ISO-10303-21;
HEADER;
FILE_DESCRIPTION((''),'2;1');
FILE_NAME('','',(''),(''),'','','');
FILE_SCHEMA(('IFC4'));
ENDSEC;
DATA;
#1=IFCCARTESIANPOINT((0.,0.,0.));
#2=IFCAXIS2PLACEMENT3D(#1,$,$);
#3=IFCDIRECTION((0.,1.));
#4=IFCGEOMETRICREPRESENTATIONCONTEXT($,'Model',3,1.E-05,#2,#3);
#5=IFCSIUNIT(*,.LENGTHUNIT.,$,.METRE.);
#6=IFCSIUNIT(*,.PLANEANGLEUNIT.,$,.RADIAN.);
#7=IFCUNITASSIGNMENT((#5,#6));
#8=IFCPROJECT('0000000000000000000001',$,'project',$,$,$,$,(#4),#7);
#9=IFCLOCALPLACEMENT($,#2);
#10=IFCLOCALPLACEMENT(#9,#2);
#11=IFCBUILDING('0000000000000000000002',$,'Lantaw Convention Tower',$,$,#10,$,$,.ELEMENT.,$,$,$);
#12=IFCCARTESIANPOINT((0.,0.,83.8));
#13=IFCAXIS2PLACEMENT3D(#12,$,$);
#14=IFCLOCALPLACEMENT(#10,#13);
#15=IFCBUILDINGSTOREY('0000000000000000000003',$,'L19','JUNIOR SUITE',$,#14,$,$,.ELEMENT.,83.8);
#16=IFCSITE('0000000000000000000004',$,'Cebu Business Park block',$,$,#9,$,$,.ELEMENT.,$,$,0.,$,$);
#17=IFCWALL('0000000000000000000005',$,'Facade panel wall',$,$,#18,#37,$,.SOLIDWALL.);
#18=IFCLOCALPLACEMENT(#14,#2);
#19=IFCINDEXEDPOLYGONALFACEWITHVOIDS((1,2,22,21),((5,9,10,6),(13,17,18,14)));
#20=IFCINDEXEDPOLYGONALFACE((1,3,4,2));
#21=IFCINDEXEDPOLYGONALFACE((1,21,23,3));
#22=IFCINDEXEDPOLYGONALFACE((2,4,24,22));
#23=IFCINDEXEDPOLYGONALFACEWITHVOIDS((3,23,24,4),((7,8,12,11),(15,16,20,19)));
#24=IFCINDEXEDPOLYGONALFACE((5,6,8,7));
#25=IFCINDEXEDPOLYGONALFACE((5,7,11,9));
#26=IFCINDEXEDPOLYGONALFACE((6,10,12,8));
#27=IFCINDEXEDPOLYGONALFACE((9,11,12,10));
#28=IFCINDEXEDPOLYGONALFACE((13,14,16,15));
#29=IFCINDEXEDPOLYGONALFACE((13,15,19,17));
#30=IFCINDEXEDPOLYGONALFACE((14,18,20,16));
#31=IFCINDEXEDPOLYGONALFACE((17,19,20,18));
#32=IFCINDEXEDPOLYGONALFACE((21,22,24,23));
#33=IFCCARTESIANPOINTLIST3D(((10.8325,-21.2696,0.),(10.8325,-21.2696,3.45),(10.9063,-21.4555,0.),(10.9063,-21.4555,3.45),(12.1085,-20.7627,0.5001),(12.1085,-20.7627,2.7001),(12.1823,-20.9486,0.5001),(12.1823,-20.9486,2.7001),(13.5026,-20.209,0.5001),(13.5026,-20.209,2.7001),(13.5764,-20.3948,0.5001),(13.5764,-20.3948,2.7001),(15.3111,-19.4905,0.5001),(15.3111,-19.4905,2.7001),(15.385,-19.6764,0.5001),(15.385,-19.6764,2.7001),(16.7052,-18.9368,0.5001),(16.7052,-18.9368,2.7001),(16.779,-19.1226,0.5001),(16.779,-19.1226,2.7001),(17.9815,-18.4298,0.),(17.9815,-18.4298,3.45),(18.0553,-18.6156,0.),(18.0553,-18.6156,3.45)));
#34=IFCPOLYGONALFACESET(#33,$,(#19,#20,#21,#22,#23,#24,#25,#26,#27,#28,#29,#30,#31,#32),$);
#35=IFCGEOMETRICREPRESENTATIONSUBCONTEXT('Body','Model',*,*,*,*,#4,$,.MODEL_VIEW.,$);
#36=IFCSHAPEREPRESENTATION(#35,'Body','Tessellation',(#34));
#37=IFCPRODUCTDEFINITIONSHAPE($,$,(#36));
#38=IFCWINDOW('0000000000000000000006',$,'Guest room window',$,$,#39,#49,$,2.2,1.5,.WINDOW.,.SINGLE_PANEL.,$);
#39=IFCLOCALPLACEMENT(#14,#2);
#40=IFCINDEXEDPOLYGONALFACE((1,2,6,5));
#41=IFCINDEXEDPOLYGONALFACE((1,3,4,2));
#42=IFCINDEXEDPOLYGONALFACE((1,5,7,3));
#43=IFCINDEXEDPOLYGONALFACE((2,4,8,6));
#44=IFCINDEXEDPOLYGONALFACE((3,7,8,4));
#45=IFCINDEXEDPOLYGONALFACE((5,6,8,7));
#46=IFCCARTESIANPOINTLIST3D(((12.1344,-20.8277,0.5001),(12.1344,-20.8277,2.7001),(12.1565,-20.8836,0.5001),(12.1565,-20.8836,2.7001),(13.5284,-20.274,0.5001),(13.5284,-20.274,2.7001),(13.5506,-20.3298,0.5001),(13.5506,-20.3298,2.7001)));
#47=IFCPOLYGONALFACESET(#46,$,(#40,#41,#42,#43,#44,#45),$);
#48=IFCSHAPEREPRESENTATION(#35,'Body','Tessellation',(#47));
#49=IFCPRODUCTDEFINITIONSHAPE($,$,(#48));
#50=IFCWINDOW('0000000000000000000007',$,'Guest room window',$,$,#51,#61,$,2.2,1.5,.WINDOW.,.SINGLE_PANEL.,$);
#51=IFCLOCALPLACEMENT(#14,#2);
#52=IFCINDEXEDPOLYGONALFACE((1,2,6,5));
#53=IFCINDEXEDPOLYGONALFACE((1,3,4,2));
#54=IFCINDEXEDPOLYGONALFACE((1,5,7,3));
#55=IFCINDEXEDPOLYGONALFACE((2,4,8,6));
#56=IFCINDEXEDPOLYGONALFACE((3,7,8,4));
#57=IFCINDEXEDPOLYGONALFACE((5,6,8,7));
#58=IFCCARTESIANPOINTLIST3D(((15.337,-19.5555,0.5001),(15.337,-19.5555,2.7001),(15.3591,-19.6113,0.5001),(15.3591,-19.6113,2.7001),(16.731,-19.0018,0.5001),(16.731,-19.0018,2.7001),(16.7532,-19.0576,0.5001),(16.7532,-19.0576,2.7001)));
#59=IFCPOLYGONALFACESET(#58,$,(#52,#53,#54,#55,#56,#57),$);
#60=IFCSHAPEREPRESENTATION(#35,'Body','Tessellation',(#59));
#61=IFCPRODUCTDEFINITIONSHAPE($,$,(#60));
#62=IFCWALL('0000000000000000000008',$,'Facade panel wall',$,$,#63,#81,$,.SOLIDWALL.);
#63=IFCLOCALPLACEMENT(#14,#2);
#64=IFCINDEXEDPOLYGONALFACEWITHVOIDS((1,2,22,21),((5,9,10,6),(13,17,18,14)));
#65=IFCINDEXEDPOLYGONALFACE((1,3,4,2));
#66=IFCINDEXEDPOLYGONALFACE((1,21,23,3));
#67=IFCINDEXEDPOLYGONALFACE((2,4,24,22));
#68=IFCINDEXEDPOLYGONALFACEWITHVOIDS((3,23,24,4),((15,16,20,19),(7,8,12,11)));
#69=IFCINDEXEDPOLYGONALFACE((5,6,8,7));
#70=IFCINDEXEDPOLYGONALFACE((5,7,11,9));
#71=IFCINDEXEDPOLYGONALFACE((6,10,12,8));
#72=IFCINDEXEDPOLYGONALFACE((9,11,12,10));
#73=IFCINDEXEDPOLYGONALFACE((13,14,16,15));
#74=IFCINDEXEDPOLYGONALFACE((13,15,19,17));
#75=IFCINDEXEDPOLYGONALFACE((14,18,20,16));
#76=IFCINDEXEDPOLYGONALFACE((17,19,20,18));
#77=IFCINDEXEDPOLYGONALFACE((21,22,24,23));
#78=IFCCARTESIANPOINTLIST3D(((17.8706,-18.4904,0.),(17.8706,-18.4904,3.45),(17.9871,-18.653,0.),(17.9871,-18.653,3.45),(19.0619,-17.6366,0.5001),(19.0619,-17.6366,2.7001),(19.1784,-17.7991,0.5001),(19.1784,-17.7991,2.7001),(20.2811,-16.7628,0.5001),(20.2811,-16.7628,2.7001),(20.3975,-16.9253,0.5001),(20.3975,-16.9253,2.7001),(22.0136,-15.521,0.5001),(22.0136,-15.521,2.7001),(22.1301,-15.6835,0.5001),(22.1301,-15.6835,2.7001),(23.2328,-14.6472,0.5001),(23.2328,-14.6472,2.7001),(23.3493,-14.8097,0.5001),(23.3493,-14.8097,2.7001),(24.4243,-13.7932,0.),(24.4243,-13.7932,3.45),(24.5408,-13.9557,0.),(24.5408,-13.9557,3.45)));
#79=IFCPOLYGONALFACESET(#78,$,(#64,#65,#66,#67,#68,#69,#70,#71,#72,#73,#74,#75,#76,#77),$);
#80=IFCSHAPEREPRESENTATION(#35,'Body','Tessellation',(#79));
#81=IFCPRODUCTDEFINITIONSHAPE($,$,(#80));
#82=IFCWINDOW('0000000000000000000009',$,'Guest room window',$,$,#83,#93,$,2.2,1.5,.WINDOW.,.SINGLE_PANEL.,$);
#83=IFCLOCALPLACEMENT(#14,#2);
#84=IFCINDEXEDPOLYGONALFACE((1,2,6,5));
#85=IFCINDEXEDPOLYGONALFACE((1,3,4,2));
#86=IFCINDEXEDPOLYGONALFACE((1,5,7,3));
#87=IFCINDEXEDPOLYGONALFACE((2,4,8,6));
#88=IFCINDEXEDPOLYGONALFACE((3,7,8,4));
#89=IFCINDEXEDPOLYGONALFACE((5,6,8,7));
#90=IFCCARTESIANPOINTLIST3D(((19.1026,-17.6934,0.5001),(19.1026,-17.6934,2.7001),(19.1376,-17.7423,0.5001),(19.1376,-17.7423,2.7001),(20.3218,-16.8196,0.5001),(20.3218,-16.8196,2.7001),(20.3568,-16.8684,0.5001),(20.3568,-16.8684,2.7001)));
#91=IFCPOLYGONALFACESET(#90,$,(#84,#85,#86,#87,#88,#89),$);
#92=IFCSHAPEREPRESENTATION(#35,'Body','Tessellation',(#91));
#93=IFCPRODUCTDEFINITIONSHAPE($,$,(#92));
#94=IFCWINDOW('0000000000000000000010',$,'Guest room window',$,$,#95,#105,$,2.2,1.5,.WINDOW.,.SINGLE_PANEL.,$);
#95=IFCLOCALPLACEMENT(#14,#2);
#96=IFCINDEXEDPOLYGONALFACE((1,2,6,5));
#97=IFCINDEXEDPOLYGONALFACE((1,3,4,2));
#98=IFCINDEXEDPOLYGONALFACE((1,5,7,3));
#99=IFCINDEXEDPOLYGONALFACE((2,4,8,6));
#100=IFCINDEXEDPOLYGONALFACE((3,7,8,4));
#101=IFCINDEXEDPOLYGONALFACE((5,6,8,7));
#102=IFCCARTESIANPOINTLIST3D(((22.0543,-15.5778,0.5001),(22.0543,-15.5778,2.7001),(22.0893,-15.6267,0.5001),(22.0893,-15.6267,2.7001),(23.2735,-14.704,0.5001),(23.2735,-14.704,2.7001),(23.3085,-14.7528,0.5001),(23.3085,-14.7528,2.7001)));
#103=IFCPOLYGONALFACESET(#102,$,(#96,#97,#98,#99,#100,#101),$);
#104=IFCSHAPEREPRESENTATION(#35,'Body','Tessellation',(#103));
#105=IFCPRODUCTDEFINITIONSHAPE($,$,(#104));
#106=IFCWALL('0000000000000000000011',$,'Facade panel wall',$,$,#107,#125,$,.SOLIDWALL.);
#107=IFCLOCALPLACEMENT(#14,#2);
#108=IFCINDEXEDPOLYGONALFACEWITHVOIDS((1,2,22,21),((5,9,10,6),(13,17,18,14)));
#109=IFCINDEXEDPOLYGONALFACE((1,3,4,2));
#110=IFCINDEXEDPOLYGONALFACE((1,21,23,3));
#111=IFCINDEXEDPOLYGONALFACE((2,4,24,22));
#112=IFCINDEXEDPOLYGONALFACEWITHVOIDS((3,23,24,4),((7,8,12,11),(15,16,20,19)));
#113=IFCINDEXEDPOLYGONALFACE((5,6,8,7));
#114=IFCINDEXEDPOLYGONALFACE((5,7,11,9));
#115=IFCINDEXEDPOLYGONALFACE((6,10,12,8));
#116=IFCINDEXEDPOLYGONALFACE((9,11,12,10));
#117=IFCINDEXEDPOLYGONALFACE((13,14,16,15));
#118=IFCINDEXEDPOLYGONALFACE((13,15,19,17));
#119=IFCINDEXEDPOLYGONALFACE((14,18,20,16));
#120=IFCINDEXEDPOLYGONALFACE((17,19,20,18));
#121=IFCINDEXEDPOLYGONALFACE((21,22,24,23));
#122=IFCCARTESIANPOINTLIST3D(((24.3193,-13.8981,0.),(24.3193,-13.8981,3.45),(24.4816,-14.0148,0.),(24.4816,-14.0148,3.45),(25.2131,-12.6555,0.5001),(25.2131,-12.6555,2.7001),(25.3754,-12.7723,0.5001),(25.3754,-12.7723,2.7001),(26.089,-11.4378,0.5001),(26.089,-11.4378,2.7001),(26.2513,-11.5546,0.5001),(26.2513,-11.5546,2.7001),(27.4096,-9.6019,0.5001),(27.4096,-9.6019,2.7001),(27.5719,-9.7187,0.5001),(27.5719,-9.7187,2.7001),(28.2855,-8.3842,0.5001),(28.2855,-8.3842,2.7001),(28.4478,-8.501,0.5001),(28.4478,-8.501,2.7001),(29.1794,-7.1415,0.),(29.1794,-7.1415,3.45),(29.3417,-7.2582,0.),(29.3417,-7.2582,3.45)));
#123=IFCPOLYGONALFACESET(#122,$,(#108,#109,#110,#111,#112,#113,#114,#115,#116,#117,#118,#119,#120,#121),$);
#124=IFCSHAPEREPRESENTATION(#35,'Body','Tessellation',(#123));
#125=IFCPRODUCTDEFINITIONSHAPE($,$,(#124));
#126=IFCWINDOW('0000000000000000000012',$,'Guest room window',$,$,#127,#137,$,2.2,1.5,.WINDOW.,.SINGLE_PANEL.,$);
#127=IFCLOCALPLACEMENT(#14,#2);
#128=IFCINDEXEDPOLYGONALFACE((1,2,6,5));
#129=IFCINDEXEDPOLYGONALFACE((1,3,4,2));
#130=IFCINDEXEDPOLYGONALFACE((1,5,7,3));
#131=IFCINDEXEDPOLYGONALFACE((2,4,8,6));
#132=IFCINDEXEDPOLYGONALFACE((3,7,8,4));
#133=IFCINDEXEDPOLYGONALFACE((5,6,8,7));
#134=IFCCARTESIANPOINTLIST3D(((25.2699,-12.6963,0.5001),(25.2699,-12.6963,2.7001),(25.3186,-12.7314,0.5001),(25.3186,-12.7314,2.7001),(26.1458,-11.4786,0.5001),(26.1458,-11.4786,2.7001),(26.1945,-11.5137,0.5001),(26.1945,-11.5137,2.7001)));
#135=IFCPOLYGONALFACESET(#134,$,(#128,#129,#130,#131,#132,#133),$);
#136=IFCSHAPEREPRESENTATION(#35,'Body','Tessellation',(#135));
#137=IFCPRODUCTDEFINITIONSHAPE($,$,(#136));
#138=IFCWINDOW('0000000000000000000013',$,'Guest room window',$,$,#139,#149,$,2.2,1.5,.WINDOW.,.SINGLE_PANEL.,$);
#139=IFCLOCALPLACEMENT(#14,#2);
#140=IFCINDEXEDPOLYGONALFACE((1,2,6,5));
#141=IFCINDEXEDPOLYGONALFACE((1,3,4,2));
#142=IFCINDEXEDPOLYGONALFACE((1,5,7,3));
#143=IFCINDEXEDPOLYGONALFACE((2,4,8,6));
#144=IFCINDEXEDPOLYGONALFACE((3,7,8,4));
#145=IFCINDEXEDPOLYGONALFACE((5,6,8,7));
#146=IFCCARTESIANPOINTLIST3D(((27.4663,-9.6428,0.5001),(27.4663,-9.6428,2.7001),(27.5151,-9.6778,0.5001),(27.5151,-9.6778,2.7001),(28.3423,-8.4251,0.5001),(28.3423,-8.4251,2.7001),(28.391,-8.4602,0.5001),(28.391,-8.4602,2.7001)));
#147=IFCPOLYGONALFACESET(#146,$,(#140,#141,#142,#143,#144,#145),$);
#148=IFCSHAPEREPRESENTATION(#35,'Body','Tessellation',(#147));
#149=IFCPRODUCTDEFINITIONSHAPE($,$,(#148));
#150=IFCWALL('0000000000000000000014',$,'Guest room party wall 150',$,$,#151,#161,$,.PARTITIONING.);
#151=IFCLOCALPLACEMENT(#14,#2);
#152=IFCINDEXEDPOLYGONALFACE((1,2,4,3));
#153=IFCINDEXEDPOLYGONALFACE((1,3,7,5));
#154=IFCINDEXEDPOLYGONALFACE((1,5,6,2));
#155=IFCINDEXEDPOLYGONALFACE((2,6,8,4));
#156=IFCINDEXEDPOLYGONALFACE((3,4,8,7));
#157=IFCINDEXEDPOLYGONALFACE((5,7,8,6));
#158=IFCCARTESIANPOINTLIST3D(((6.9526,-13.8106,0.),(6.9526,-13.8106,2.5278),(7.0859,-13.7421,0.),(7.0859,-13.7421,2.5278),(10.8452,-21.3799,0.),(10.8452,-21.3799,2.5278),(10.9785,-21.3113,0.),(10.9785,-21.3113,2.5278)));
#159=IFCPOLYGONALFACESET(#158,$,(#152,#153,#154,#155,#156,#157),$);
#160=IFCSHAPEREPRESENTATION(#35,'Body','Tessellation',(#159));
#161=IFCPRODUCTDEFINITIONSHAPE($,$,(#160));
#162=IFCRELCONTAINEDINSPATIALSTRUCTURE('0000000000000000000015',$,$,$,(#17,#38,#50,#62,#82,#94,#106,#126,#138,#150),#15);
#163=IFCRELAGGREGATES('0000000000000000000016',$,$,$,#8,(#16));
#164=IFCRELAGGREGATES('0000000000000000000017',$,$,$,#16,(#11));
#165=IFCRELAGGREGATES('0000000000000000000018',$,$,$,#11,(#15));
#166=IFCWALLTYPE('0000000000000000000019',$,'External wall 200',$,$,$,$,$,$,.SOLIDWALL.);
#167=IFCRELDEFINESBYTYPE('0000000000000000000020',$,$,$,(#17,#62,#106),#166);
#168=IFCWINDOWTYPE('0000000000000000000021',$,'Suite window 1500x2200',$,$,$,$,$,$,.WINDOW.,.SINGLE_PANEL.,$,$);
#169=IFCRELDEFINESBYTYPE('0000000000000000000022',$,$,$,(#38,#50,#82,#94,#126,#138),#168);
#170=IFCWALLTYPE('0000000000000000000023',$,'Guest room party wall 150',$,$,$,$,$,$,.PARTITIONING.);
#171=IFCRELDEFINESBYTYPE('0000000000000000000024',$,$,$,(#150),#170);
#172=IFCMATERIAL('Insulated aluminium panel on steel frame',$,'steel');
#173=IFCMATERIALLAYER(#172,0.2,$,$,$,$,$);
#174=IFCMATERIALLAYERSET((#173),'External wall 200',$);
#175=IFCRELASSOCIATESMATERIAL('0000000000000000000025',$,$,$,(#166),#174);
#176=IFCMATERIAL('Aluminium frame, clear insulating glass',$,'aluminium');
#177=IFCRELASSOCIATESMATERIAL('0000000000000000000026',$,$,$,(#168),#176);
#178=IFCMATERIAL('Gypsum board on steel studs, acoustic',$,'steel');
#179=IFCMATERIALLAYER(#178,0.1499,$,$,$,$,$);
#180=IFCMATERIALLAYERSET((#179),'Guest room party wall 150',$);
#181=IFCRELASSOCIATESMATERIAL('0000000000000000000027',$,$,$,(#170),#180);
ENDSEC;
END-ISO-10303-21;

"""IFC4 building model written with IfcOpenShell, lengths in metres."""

from ifc_helpers import new_model, si_unit, direction, frame, frame_2d, origin, place, context, subcontext, project, spatial, rectangle, extrude, material, layer, layer_set, type_object, element, fill, save


model = new_model("IFC4")

# Units and contexts
model_context = context("Model", 3, precision=1e-05, world=origin(), true_north=direction((0.0, 1.0)))
body_context = subcontext(model_context, "Body", "Model", "MODEL_VIEW")
ifc_project = project(units=[si_unit("LENGTHUNIT", "METRE"), si_unit("PLANEANGLEUNIT", "RADIAN")], contexts=[model_context])

# Site, building, storey
site_placement = place(None, origin())
site = spatial("IfcSite", under=ifc_project, at=site_placement, Name="Cebu Business Park block", CompositionType="ELEMENT", RefElevation=0.0)
building_placement = place(site_placement, origin())
building = spatial("IfcBuilding", under=site, at=building_placement, Name="Lantaw Convention Tower", CompositionType="ELEMENT")
storey_placement = place(building_placement, frame((0.0, 0.0, 83.8)))
storey = spatial("IfcBuildingStorey", under=building, at=storey_placement, Name="L19", Description="JUNIOR SUITE", CompositionType="ELEMENT", Elevation=83.8)

# Walls, openings, windows
ifc_material_1 = material(Name="Insulated aluminium panel on steel frame", Category="steel")
ifc_layer_1 = layer(ifc_material_1, 0.2)
ifc_layer_set_1 = layer_set([ifc_layer_1], Name="External wall 200")
wall_type_1 = type_object("IfcWallType", Name="External wall 200", PredefinedType="SOLIDWALL", material=ifc_layer_set_1)
wall_1_placement = place(storey_placement, frame((10.8694, -21.3625, 0.0), z_axis=(0.0, 0.0, 1.0), x_axis=(0.929358, 0.369179, 0.0)))
wall_1 = element("IfcWall", 1, at=wall_1_placement, inside=storey, type_object=wall_type_1, Name="Facade panel wall", PredefinedType="SOLIDWALL", context=body_context, shape_type="SweptSolid", body=[
    extrude(rectangle(XDim=7.6924, YDim=0.2, at=frame_2d((3.8462, 0.0))), origin(), (0.0, 0.0, 1.0), 3.45),
])
opening_1_placement = place(wall_1_placement, frame((1.373, 0.0, 0.5)))
opening_1 = element("IfcOpeningElement", 2, at=opening_1_placement, cuts=wall_1, PredefinedType="OPENING", context=body_context, shape_type="SweptSolid", body=[
    extrude(rectangle(XDim=1.5, YDim=2.2, at=frame_2d((0.75, 1.1001))), frame((0.0, 0.1099, 0.0), z_axis=(0.0, -1.0, 0.0), x_axis=(1.0, 0.0, 0.0)), (0.0, 0.0, 1.0), 0.22),
])
opening_2_placement = place(wall_1_placement, frame((4.8191, 0.0, 0.5)))
opening_2 = element("IfcOpeningElement", 3, at=opening_2_placement, cuts=wall_1, PredefinedType="OPENING", context=body_context, shape_type="SweptSolid", body=[
    extrude(rectangle(XDim=1.5, YDim=2.2, at=frame_2d((0.75, 1.1001))), frame((0.0, 0.1099, 0.0), z_axis=(0.0, -1.0, 0.0), x_axis=(1.0, 0.0, 0.0)), (0.0, 0.0, 1.0), 0.22),
])
ifc_material_2 = material(Name="Aluminium frame, clear insulating glass", Category="aluminium")
window_type = type_object("IfcWindowType", Name="Suite window 1500x2200", PartitioningType="SINGLE_PANEL", PredefinedType="WINDOW", material=ifc_material_2)
window_1_placement = place(opening_1_placement, origin())
window_1 = element("IfcWindow", 4, at=window_1_placement, inside=storey, type_object=window_type, Name="Guest room window", OverallHeight=2.2, OverallWidth=1.5, PartitioningType="SINGLE_PANEL", PredefinedType="WINDOW", context=body_context, shape_type="SweptSolid", body=[
    extrude(rectangle(XDim=1.5, YDim=2.2, at=frame_2d((0.75, 1.1001))), frame((0.0, 0.03, 0.0), z_axis=(0.0, -1.0, 0.0), x_axis=(1.0, 0.0, 0.0)), (0.0, 0.0, 1.0), 0.0601),
])
fill(opening_1, window_1)
window_2_placement = place(opening_2_placement, origin())
window_2 = element("IfcWindow", 5, at=window_2_placement, inside=storey, type_object=window_type, Name="Guest room window", OverallHeight=2.2, OverallWidth=1.5, PartitioningType="SINGLE_PANEL", PredefinedType="WINDOW", context=body_context, shape_type="SweptSolid", body=[
    extrude(rectangle(XDim=1.5, YDim=2.2, at=frame_2d((0.75, 1.1001))), frame((0.0, 0.03, 0.0), z_axis=(0.0, -1.0, 0.0), x_axis=(1.0, 0.0, 0.0)), (0.0, 0.0, 1.0), 0.0601),
])
fill(opening_2, window_2)
wall_2_placement = place(storey_placement, frame((17.9287, -18.5718, 0.0), z_axis=(0.0, 0.0, 1.0), x_axis=(0.812791, 0.582555, 0.0)))
wall_2 = element("IfcWall", 6, at=wall_2_placement, inside=storey, type_object=wall_type_1, Name="Facade panel wall", PredefinedType="SOLIDWALL", context=body_context, shape_type="SweptSolid", body=[
    extrude(rectangle(XDim=8.0632, YDim=0.2, at=frame_2d((4.0317, 0.0))), origin(), (0.0, 0.0, 1.0), 3.45),
])
opening_3_placement = place(wall_2_placement, frame((1.4658, 0.0, 0.5)))
opening_3 = element("IfcOpeningElement", 7, at=opening_3_placement, cuts=wall_2, PredefinedType="OPENING", context=body_context, shape_type="SweptSolid", body=[
    extrude(rectangle(XDim=1.5, YDim=2.2, at=frame_2d((0.75, 1.1001))), frame((0.0, 0.1099, 0.0), z_axis=(0.0, -1.0, 0.0), x_axis=(1.0, 0.0, 0.0)), (0.0, 0.0, 1.0), 0.22),
])
opening_4_placement = place(wall_2_placement, frame((5.0974, 0.0, 0.5)))
opening_4 = element("IfcOpeningElement", 8, at=opening_4_placement, cuts=wall_2, PredefinedType="OPENING", context=body_context, shape_type="SweptSolid", body=[
    extrude(rectangle(XDim=1.5, YDim=2.2, at=frame_2d((0.75, 1.1001))), frame((0.0, 0.1099, 0.0), z_axis=(0.0, -1.0, 0.0), x_axis=(1.0, 0.0, 0.0)), (0.0, 0.0, 1.0), 0.22),
])
window_3_placement = place(opening_3_placement, origin())
window_3 = element("IfcWindow", 9, at=window_3_placement, inside=storey, type_object=window_type, Name="Guest room window", OverallHeight=2.2, OverallWidth=1.5, PartitioningType="SINGLE_PANEL", PredefinedType="WINDOW", context=body_context, shape_type="SweptSolid", body=[
    extrude(rectangle(XDim=1.5, YDim=2.2, at=frame_2d((0.75, 1.1001))), frame((0.0, 0.03, 0.0), z_axis=(0.0, -1.0, 0.0), x_axis=(1.0, 0.0, 0.0)), (0.0, 0.0, 1.0), 0.0601),
])
fill(opening_3, window_3)
window_4_placement = place(opening_4_placement, origin())
window_4 = element("IfcWindow", 10, at=window_4_placement, inside=storey, type_object=window_type, Name="Guest room window", OverallHeight=2.2, OverallWidth=1.5, PartitioningType="SINGLE_PANEL", PredefinedType="WINDOW", context=body_context, shape_type="SweptSolid", body=[
    extrude(rectangle(XDim=1.5, YDim=2.2, at=frame_2d((0.75, 1.1001))), frame((0.0, 0.03, 0.0), z_axis=(0.0, -1.0, 0.0), x_axis=(1.0, 0.0, 0.0)), (0.0, 0.0, 1.0), 0.0601),
])
fill(opening_4, window_4)
wall_3_placement = place(storey_placement, frame((24.4004, -13.9565, 0.0), z_axis=(0.0, 0.0, 1.0), x_axis=(0.583938, 0.811799, 0.0)))
wall_3 = element("IfcWall", 11, at=wall_3_placement, inside=storey, type_object=wall_type_1, Name="Facade panel wall", PredefinedType="SOLIDWALL", context=body_context, shape_type="SweptSolid", body=[
    extrude(rectangle(XDim=8.323, YDim=0.2, at=frame_2d((4.1616, 0.0))), origin(), (0.0, 0.0, 1.0), 3.45),
])
opening_5_placement = place(wall_3_placement, frame((1.5308, 0.0, 0.5)))
opening_5 = element("IfcOpeningElement", 12, at=opening_5_placement, cuts=wall_3, PredefinedType="OPENING", context=body_context, shape_type="SweptSolid", body=[
    extrude(rectangle(XDim=1.5, YDim=2.2, at=frame_2d((0.75, 1.1001))), frame((0.0, 0.1099, 0.0), z_axis=(0.0, -1.0, 0.0), x_axis=(1.0, 0.0, 0.0)), (0.0, 0.0, 1.0), 0.22),
])
opening_6_placement = place(wall_3_placement, frame((5.2922, 0.0, 0.5)))
opening_6 = element("IfcOpeningElement", 13, at=opening_6_placement, cuts=wall_3, PredefinedType="OPENING", context=body_context, shape_type="SweptSolid", body=[
    extrude(rectangle(XDim=1.5, YDim=2.2, at=frame_2d((0.75, 1.1001))), frame((0.0, 0.1099, 0.0), z_axis=(0.0, -1.0, 0.0), x_axis=(1.0, 0.0, 0.0)), (0.0, 0.0, 1.0), 0.22),
])
window_5_placement = place(opening_5_placement, origin())
window_5 = element("IfcWindow", 14, at=window_5_placement, inside=storey, type_object=window_type, Name="Guest room window", OverallHeight=2.2, OverallWidth=1.5, PartitioningType="SINGLE_PANEL", PredefinedType="WINDOW", context=body_context, shape_type="SweptSolid", body=[
    extrude(rectangle(XDim=1.5, YDim=2.2, at=frame_2d((0.75, 1.1001))), frame((0.0, 0.03, 0.0), z_axis=(0.0, -1.0, 0.0), x_axis=(1.0, 0.0, 0.0)), (0.0, 0.0, 1.0), 0.0601),
])
fill(opening_5, window_5)
window_6_placement = place(opening_6_placement, origin())
window_6 = element("IfcWindow", 15, at=window_6_placement, inside=storey, type_object=window_type, Name="Guest room window", OverallHeight=2.2, OverallWidth=1.5, PartitioningType="SINGLE_PANEL", PredefinedType="WINDOW", context=body_context, shape_type="SweptSolid", body=[
    extrude(rectangle(XDim=1.5, YDim=2.2, at=frame_2d((0.75, 1.1001))), frame((0.0, 0.03, 0.0), z_axis=(0.0, -1.0, 0.0), x_axis=(1.0, 0.0, 0.0)), (0.0, 0.0, 1.0), 0.0601),
])
fill(opening_6, window_6)

# Wall
ifc_material_3 = material(Name="Gypsum board on steel studs, acoustic", Category="steel")
ifc_layer_2 = layer(ifc_material_3, 0.1499)
ifc_layer_set_2 = layer_set([ifc_layer_2], Name="Guest room party wall 150")
wall_type_2 = type_object("IfcWallType", Name="Guest room party wall 150", PredefinedType="PARTITIONING", material=ifc_layer_set_2)
wall_4_placement = place(storey_placement, frame((10.9119, -21.3457, 0.0), z_axis=(0.0, 0.0, 1.0), x_axis=(-0.457327, 0.889298, 0.0)))
element("IfcWall", 16, at=wall_4_placement, inside=storey, type_object=wall_type_2, Name="Guest room party wall 150", PredefinedType="PARTITIONING", context=body_context, shape_type="SweptSolid", body=[
    extrude(rectangle(XDim=8.5115, YDim=0.1499, at=frame_2d((4.2559, 0.0))), origin(), (0.0, 0.0, 1.0), 2.5278),
])

save(model, "model.ifc")
